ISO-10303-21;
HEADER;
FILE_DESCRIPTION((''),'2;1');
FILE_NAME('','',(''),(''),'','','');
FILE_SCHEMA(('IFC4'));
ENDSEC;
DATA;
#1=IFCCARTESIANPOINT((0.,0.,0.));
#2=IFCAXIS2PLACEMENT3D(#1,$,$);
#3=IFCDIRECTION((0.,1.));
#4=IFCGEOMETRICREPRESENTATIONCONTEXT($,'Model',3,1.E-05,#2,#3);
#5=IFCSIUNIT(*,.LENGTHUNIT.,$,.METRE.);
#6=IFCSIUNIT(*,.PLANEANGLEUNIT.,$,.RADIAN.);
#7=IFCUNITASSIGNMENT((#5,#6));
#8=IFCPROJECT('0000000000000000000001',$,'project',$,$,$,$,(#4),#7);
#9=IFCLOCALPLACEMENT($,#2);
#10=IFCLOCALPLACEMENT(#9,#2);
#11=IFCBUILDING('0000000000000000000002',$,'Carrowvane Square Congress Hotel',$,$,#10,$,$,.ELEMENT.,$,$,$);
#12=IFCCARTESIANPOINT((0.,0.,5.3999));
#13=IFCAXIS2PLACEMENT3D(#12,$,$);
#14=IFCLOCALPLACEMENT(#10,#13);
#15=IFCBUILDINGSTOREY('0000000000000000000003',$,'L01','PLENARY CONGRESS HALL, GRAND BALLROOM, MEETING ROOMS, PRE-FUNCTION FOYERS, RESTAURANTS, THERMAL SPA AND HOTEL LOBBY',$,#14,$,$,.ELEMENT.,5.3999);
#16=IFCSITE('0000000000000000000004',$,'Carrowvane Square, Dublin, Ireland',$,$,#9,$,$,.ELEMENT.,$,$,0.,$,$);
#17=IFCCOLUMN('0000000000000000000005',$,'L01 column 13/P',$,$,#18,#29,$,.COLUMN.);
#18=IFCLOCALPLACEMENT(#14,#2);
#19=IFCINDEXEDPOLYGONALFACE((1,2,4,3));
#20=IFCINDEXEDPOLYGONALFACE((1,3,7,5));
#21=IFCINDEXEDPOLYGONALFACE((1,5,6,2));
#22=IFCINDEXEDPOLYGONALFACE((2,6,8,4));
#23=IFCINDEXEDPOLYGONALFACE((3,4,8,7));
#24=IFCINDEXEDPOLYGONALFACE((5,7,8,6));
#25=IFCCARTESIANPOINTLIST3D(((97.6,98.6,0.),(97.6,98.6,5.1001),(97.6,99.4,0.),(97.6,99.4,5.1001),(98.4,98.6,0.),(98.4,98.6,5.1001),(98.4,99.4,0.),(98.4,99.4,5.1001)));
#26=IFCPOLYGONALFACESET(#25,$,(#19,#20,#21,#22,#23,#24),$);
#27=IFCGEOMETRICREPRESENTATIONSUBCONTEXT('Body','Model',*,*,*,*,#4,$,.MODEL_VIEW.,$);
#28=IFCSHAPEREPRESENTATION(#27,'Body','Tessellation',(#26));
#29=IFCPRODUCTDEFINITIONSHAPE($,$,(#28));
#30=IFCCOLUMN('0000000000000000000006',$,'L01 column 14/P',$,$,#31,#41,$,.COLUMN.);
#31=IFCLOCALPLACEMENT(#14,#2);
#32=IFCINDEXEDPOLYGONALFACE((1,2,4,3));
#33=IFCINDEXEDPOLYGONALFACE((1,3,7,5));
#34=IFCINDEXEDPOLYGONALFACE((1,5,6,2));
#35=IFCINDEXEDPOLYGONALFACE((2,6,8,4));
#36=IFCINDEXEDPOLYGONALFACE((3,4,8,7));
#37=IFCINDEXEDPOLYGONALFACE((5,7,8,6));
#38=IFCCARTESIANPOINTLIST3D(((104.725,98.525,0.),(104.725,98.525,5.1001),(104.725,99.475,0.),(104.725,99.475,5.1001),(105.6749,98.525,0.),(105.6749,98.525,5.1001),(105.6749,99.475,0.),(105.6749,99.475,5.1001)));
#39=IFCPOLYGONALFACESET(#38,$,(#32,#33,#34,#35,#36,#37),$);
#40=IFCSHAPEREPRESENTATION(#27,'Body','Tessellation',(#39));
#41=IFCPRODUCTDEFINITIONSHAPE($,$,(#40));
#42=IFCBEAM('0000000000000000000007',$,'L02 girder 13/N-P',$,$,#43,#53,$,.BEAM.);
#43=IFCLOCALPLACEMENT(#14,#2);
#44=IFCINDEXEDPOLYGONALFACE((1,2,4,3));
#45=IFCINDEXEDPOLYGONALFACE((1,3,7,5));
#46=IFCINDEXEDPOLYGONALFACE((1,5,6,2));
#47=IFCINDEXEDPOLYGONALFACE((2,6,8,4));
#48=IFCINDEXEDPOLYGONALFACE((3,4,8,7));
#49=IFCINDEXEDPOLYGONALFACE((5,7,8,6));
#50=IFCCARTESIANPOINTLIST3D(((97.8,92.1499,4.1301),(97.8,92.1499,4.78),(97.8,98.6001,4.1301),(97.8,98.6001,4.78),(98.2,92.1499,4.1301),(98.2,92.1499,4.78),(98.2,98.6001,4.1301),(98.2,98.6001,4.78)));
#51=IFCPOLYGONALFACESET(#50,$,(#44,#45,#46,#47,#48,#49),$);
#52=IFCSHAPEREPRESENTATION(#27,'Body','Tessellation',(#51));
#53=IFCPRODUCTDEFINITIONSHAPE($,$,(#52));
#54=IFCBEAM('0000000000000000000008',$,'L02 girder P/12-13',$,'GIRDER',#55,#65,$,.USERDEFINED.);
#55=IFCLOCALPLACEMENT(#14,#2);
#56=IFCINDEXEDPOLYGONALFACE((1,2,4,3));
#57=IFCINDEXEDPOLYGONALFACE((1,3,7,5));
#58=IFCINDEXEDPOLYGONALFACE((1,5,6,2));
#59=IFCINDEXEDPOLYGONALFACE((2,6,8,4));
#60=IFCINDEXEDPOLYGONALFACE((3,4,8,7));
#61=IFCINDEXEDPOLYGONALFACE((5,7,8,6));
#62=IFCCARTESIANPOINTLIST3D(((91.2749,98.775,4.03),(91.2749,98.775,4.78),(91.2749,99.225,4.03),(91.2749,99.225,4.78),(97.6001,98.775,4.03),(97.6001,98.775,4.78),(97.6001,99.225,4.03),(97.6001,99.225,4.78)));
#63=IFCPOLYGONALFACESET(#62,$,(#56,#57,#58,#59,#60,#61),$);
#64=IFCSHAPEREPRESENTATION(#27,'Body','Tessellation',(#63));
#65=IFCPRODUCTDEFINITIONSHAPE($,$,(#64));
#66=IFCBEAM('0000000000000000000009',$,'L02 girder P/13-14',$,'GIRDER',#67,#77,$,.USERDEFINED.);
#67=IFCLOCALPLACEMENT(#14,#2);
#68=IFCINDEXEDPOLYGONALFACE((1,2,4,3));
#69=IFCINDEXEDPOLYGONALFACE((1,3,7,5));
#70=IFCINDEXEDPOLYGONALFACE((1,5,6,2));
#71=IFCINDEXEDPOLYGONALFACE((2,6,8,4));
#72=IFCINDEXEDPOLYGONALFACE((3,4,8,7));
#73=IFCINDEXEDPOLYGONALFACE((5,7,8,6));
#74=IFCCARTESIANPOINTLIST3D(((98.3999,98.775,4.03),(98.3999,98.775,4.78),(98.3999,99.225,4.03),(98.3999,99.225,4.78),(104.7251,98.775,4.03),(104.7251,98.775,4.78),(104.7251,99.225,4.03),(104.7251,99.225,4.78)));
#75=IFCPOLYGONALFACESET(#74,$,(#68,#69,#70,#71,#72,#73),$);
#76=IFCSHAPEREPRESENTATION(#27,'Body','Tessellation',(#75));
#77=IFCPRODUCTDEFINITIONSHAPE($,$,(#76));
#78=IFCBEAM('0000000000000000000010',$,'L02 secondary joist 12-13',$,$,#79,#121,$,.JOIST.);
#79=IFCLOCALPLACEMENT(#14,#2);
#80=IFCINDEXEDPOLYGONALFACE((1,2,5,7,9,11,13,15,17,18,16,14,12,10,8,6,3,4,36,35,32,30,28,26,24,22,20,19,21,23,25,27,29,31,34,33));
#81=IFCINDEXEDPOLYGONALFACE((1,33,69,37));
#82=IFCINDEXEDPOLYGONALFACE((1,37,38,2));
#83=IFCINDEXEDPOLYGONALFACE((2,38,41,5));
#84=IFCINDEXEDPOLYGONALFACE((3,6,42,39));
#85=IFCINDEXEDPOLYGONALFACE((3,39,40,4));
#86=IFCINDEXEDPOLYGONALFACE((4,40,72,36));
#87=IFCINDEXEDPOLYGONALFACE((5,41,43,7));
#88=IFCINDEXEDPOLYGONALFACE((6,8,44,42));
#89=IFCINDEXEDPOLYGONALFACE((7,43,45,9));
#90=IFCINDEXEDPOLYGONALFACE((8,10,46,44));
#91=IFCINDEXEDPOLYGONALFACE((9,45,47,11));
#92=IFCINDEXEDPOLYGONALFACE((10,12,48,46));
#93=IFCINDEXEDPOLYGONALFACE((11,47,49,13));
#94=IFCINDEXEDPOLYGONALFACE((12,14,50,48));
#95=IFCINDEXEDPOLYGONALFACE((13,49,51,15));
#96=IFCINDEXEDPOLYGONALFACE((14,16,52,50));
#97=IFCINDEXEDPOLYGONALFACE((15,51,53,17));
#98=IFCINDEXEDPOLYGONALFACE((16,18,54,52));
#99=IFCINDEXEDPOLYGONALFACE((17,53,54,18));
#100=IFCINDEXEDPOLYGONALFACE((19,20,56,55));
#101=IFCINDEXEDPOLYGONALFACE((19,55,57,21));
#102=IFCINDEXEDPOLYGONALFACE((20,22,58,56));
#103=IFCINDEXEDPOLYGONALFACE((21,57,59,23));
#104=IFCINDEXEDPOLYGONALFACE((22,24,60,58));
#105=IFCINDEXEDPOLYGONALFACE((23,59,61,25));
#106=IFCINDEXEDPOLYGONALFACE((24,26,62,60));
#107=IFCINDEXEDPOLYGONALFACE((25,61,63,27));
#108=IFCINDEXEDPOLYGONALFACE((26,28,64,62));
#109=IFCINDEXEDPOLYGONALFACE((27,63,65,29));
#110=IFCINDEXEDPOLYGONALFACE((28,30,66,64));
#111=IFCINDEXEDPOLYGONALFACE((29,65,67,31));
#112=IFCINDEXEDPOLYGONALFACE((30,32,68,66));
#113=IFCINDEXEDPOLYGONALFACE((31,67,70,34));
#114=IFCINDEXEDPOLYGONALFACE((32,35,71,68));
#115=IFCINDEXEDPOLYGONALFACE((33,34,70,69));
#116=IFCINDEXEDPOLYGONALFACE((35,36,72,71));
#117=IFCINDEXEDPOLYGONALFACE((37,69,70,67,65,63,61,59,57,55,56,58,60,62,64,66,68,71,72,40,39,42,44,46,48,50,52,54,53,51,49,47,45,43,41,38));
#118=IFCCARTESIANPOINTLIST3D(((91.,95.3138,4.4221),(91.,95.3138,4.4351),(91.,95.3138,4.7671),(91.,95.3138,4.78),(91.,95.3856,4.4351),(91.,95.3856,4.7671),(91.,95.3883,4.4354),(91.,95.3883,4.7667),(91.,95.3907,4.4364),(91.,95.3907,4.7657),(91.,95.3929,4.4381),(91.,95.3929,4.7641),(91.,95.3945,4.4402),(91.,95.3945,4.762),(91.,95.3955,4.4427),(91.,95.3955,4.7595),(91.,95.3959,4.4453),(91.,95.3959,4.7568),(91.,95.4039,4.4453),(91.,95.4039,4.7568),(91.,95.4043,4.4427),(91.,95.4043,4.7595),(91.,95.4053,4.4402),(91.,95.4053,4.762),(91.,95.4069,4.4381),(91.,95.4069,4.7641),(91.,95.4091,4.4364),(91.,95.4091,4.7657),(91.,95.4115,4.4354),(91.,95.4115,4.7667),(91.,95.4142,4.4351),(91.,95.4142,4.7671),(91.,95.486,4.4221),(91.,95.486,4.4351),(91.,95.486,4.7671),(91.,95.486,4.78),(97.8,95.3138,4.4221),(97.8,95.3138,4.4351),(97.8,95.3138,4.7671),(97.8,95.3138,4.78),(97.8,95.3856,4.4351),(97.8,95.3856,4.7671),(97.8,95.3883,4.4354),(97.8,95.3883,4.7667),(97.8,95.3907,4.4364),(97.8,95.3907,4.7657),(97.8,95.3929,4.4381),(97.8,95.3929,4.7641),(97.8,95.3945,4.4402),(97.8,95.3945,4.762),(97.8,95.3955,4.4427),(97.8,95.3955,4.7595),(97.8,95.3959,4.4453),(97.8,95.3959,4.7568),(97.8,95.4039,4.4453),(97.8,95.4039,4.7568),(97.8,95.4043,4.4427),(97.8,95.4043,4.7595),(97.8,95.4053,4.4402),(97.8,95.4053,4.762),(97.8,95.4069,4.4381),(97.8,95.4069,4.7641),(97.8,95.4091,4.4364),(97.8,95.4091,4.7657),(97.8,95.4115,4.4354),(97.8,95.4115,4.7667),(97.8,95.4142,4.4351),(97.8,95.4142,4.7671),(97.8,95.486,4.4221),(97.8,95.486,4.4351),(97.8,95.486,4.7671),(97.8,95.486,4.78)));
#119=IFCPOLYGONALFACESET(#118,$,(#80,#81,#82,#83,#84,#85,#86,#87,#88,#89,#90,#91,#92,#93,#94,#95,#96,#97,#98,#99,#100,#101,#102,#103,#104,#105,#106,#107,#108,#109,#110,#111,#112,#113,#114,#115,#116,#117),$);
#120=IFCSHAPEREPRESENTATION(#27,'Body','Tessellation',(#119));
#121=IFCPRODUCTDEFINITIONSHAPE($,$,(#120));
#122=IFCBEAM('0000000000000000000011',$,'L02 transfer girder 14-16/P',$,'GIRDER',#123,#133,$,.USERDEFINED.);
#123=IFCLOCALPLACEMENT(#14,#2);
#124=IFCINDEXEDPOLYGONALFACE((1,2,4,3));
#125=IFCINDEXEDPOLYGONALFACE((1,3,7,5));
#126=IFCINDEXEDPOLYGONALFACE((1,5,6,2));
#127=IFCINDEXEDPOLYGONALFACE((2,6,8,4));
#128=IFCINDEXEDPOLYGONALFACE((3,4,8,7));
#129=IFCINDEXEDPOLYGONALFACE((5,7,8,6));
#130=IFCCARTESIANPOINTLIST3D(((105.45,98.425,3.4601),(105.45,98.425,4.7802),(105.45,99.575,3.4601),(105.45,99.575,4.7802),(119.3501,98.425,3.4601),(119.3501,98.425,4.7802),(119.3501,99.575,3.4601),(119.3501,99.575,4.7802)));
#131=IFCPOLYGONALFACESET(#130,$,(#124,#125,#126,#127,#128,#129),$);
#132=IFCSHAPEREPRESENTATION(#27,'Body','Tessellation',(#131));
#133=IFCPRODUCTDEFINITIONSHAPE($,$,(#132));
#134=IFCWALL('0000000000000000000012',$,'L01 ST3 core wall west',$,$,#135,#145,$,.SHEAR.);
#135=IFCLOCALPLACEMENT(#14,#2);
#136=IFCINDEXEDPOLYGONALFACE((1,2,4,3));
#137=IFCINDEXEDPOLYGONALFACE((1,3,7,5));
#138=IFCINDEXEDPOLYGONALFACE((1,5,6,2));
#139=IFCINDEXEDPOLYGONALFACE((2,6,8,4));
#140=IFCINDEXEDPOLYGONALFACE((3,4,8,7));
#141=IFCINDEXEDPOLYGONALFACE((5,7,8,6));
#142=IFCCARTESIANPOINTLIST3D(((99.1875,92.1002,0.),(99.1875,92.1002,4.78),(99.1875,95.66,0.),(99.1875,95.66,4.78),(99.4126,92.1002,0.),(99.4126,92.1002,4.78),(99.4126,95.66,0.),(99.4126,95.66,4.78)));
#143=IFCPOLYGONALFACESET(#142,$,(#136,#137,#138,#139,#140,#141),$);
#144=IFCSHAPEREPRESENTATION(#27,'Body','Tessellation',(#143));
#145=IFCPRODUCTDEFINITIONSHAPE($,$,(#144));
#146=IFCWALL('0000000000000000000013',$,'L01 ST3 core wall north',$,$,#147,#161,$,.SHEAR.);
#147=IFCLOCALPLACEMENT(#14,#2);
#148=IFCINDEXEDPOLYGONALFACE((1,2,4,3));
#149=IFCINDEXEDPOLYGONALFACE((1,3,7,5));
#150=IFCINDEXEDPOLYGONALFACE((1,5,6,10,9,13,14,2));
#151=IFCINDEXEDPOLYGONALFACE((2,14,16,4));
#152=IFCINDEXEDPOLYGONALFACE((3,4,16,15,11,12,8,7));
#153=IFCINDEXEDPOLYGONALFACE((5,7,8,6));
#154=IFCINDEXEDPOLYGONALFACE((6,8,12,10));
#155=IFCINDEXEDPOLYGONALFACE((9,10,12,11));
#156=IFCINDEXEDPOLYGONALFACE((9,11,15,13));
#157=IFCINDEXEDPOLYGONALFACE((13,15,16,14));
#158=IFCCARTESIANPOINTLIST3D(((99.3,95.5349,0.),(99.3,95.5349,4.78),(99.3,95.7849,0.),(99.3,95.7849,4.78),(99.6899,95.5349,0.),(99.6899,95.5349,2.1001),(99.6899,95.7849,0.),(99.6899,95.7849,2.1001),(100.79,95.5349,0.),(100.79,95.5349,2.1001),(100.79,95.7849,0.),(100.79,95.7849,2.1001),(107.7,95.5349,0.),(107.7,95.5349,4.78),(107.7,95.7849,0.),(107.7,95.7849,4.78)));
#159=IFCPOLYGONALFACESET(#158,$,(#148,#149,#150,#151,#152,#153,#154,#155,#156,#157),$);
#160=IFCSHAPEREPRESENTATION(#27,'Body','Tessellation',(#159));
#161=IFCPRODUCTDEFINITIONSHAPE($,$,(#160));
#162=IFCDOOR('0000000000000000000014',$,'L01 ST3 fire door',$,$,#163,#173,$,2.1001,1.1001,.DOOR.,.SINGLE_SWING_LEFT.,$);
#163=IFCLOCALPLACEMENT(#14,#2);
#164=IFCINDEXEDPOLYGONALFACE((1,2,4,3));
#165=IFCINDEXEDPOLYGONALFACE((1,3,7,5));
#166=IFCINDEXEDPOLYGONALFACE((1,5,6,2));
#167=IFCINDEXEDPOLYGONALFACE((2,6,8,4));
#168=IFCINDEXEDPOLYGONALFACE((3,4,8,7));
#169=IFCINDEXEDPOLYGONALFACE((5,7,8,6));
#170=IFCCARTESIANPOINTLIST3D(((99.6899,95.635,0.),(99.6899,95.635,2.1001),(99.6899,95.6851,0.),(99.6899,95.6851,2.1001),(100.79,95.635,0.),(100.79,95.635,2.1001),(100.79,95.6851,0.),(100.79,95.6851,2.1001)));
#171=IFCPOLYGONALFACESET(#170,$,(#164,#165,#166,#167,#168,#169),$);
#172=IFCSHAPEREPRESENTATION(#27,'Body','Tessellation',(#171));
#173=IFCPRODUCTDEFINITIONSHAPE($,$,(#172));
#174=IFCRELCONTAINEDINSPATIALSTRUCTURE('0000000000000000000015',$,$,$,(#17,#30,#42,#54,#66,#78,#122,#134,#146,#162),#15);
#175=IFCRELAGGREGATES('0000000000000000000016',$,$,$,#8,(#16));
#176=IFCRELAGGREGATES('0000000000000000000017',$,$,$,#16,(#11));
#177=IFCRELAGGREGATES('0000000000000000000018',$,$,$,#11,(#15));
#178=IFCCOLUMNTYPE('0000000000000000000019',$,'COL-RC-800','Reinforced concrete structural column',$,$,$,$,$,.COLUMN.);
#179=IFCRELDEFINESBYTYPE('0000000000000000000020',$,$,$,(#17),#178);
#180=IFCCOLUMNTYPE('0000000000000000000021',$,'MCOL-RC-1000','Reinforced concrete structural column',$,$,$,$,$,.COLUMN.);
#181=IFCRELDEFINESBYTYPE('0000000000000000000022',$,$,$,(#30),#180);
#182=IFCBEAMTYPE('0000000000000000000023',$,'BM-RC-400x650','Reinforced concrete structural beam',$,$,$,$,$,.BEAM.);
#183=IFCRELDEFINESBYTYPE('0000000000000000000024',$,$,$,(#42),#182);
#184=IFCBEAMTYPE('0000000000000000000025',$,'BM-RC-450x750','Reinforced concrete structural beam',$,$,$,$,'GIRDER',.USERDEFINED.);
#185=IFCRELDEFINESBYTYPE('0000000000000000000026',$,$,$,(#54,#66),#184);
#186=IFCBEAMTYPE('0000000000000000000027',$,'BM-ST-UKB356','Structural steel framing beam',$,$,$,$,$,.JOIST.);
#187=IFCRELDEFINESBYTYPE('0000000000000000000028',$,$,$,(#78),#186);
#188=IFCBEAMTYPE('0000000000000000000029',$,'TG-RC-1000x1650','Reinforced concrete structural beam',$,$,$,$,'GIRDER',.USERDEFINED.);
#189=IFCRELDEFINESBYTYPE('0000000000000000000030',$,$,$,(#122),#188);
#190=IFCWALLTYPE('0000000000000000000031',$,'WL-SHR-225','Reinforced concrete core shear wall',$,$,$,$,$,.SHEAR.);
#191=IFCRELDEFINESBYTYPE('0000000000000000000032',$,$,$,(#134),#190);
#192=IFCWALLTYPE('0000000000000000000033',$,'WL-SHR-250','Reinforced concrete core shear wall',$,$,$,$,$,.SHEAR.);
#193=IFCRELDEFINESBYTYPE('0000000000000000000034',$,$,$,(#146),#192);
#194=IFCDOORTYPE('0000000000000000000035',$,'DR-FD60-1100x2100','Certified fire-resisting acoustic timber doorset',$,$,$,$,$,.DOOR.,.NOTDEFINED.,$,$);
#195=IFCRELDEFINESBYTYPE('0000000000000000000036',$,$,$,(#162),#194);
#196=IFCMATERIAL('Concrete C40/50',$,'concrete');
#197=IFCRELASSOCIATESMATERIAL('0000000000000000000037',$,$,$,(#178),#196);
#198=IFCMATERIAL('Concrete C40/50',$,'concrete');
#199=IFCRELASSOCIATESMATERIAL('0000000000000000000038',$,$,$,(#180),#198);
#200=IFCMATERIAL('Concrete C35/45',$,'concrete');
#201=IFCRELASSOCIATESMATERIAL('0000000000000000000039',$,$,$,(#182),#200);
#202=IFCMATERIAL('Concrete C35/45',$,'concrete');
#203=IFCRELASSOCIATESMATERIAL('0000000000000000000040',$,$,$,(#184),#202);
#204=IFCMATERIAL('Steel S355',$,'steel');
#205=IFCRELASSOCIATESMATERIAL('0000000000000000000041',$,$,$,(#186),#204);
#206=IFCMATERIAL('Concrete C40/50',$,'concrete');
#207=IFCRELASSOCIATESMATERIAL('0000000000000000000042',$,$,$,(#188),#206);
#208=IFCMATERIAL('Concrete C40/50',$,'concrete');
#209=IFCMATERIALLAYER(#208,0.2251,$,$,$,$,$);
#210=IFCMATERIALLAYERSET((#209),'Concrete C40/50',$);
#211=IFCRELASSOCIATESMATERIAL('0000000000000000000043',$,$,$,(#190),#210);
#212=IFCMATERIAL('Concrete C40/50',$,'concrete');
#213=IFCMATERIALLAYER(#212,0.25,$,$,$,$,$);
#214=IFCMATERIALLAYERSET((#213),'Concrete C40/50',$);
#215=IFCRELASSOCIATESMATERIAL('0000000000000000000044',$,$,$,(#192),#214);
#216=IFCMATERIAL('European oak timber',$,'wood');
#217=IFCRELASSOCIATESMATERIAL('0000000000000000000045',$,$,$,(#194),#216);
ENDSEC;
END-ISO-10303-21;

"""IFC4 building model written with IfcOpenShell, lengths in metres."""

from ifc_helpers import new_model, si_unit, direction, frame, frame_2d, origin, origin_2d, place, context, subcontext, project, spatial, rectangle, i_section, extrude, material, layer, layer_set, material_profile, profile_set, type_object, element, fill, save


model = new_model("IFC4")

# Units and contexts
model_context = context("Model", 3, precision=1e-05, world=origin(), true_north=direction((0.0, 1.0)))
body_context = subcontext(model_context, "Body", "Model", "MODEL_VIEW")
ifc_project = project(units=[si_unit("LENGTHUNIT", "METRE"), si_unit("PLANEANGLEUNIT", "RADIAN")], contexts=[model_context])

# Site, building, storey
site_placement = place(None, origin())
site = spatial("IfcSite", under=ifc_project, at=site_placement, Name="Carrowvane Square, Dublin, Ireland", CompositionType="ELEMENT", RefElevation=0.0)
building_placement = place(site_placement, origin())
building = spatial("IfcBuilding", under=site, at=building_placement, Name="Carrowvane Square Congress Hotel", CompositionType="ELEMENT")
storey_placement = place(building_placement, frame((0.0, 0.0, 5.3999)))
storey = spatial("IfcBuildingStorey", under=building, at=storey_placement, Name="L01", Description="PLENARY CONGRESS HALL, GRAND BALLROOM, MEETING ROOMS, PRE-FUNCTION FOYERS, RESTAURANTS, THERMAL SPA AND HOTEL LOBBY", CompositionType="ELEMENT", Elevation=5.3999)

# Columns
ifc_material_1 = material(Name="Concrete C40/50", Category="concrete")
ifc_material_profile_1 = material_profile(ifc_material_1, rectangle(XDim=0.8, YDim=0.8, at=origin_2d()), Name="RC 800x800")
ifc_profile_set_1 = profile_set([ifc_material_profile_1], Name="Concrete C40/50")
column_type_1 = type_object("IfcColumnType", Name="COL-RC-800", Description="Reinforced concrete structural column", PredefinedType="COLUMN", material=ifc_profile_set_1)
column_1_placement = place(storey_placement, frame((98.0, 99.0, 0.0), z_axis=(0.0, 0.0, 1.0), x_axis=(1.0, 0.0, 0.0)))
element("IfcColumn", 1, at=column_1_placement, inside=storey, type_object=column_type_1, Name="L01 column 13/P", PredefinedType="COLUMN", context=body_context, shape_type="SweptSolid", body=[
    extrude(rectangle(XDim=0.8, YDim=0.8, at=origin_2d()), origin(), (0.0, 0.0, 1.0), 5.1001),
])
ifc_material_2 = material(Name="Concrete C40/50", Category="concrete")
ifc_material_profile_2 = material_profile(ifc_material_2, rectangle(XDim=0.95, YDim=0.95, at=origin_2d()), Name="RC 950x950")
ifc_profile_set_2 = profile_set([ifc_material_profile_2], Name="Concrete C40/50")
column_type_2 = type_object("IfcColumnType", Name="MCOL-RC-1000", Description="Reinforced concrete structural column", PredefinedType="COLUMN", material=ifc_profile_set_2)
column_2_placement = place(storey_placement, frame((105.2, 99.0, 0.0), z_axis=(0.0, 0.0, 1.0), x_axis=(1.0, 0.0, 0.0)))
element("IfcColumn", 2, at=column_2_placement, inside=storey, type_object=column_type_2, Name="L01 column 14/P", PredefinedType="COLUMN", context=body_context, shape_type="SweptSolid", body=[
    extrude(rectangle(XDim=0.95, YDim=0.95, at=origin_2d()), origin(), (0.0, 0.0, 1.0), 5.1001),
])

# Beams
ifc_material_3 = material(Name="Concrete C35/45", Category="concrete")
ifc_material_profile_3 = material_profile(ifc_material_3, rectangle(XDim=0.3999, YDim=0.6499, at=origin_2d()), Name="RC 400x650")
ifc_profile_set_3 = profile_set([ifc_material_profile_3], Name="Concrete C35/45")
beam_type_1 = type_object("IfcBeamType", Name="BM-RC-400x650", Description="Reinforced concrete structural beam", PredefinedType="BEAM", material=ifc_profile_set_3)
beam_1_placement = place(storey_placement, frame((98.0, 92.1499, 4.4551), z_axis=(0.0, 1.0, 0.0), x_axis=(-1.0, 0.0, 0.0)))
element("IfcBeam", 3, at=beam_1_placement, inside=storey, type_object=beam_type_1, Name="L02 girder 13/N-P", PredefinedType="BEAM", context=body_context, shape_type="SweptSolid", body=[
    extrude(rectangle(XDim=0.3999, YDim=0.6499, at=origin_2d()), origin(), (0.0, 0.0, 1.0), 6.4502),
])
ifc_material_4 = material(Name="Concrete C35/45", Category="concrete")
ifc_material_profile_4 = material_profile(ifc_material_4, rectangle(XDim=0.45, YDim=0.75, at=origin_2d()), Name="RC 450x750")
ifc_profile_set_4 = profile_set([ifc_material_profile_4], Name="Concrete C35/45")
beam_type_2 = type_object("IfcBeamType", Name="BM-RC-450x750", Description="Reinforced concrete structural beam", ElementType="GIRDER", PredefinedType="USERDEFINED", material=ifc_profile_set_4)
for number, where, z_axis, x_axis, name in (
    (4, (91.2749, 99.0, 4.405), (1.0, 0.0, 0.0), (0.0, 1.0, 0.0), "L02 girder P/12-13"),
    (5, (98.3999, 99.0, 4.405), (1.0, 0.0, 0.0), (0.0, 1.0, 0.0), "L02 girder P/13-14"),
):
    element("IfcBeam", number, at=place(storey_placement, frame(where, z_axis=z_axis, x_axis=x_axis)), inside=storey, type_object=beam_type_2, Name=name, ObjectType="GIRDER", PredefinedType="USERDEFINED", context=body_context, shape_type="SweptSolid", body=[
        extrude(rectangle(XDim=0.45, YDim=0.75, at=origin_2d()), origin(), (0.0, 0.0, 1.0), 6.3252),
    ])
ifc_material_5 = material(Name="Steel S355", Category="steel")
ifc_material_profile_5 = material_profile(ifc_material_5, i_section(OverallWidth=0.1721, OverallDepth=0.3579, WebThickness=0.0081, FlangeThickness=0.0129, FilletRadius=0.0103, at=origin_2d()), Name="UKB 356x171x57")
ifc_profile_set_5 = profile_set([ifc_material_profile_5], Name="Steel S355")
beam_type_3 = type_object("IfcBeamType", Name="BM-ST-UKB356", Description="Structural steel framing beam", PredefinedType="JOIST", material=ifc_profile_set_5)
beam_2_placement = place(storey_placement, frame((91.0, 95.3999, 4.6011), z_axis=(1.0, 0.0, 0.0), x_axis=(0.0, 1.0, 0.0)))
element("IfcBeam", 6, at=beam_2_placement, inside=storey, type_object=beam_type_3, Name="L02 secondary joist 12-13", PredefinedType="JOIST", context=body_context, shape_type="SweptSolid", body=[
    extrude(i_section(OverallWidth=0.1721, OverallDepth=0.3579, WebThickness=0.0081, FlangeThickness=0.0129, FilletRadius=0.0103, at=origin_2d()), origin(), (0.0, 0.0, 1.0), 6.8),
])
ifc_material_6 = material(Name="Concrete C40/50", Category="concrete")
ifc_material_profile_6 = material_profile(ifc_material_6, rectangle(XDim=1.1499, YDim=1.3201, at=origin_2d()), Name="RC 1150x1320")
ifc_profile_set_6 = profile_set([ifc_material_profile_6], Name="Concrete C40/50")
beam_type_4 = type_object("IfcBeamType", Name="TG-RC-1000x1650", Description="Reinforced concrete structural beam", ElementType="GIRDER", PredefinedType="USERDEFINED", material=ifc_profile_set_6)
beam_3_placement = place(storey_placement, frame((105.45, 99.0, 4.1201), z_axis=(1.0, 0.0, 0.0), x_axis=(0.0, 1.0, 0.0)))
element("IfcBeam", 7, at=beam_3_placement, inside=storey, type_object=beam_type_4, Name="L02 transfer girder 14-16/P", ObjectType="GIRDER", PredefinedType="USERDEFINED", context=body_context, shape_type="SweptSolid", body=[
    extrude(rectangle(XDim=1.1499, YDim=1.3201, at=origin_2d()), origin(), (0.0, 0.0, 1.0), 13.9001),
])

# Wall
ifc_material_7 = material(Name="Concrete C40/50", Category="concrete")
ifc_layer_1 = layer(ifc_material_7, 0.2251)
ifc_layer_set_1 = layer_set([ifc_layer_1], Name="Concrete C40/50")
wall_type_1 = type_object("IfcWallType", Name="WL-SHR-225", Description="Reinforced concrete core shear wall", PredefinedType="SHEAR", material=ifc_layer_set_1)
wall_1_placement = place(storey_placement, frame((99.3, 95.6599, 0.0), z_axis=(0.0, 0.0, 1.0), x_axis=(0.0, -1.0, 0.0)))
element("IfcWall", 8, at=wall_1_placement, inside=storey, type_object=wall_type_1, Name="L01 ST3 core wall west", PredefinedType="SHEAR", context=body_context, shape_type="SweptSolid", body=[
    extrude(rectangle(XDim=3.5598, YDim=0.2251, at=frame_2d((1.7798, 0.0))), origin(), (0.0, 0.0, 1.0), 4.78),
])

# Wall, opening, door
ifc_material_8 = material(Name="Concrete C40/50", Category="concrete")
ifc_layer_2 = layer(ifc_material_8, 0.25)
ifc_layer_set_2 = layer_set([ifc_layer_2], Name="Concrete C40/50")
wall_type_2 = type_object("IfcWallType", Name="WL-SHR-250", Description="Reinforced concrete core shear wall", PredefinedType="SHEAR", material=ifc_layer_set_2)
wall_2_placement = place(storey_placement, frame((107.7, 95.6599, 0.0), z_axis=(0.0, 0.0, 1.0), x_axis=(-1.0, 0.0, 0.0)))
wall_2 = element("IfcWall", 9, at=wall_2_placement, inside=storey, type_object=wall_type_2, Name="L01 ST3 core wall north", PredefinedType="SHEAR", context=body_context, shape_type="SweptSolid", body=[
    extrude(rectangle(XDim=8.3999, YDim=0.25, at=frame_2d((4.2, 0.0))), origin(), (0.0, 0.0, 1.0), 4.78),
])
opening_placement = place(wall_2_placement, frame((6.9099, 0.0, 0.0)))
opening = element("IfcOpeningElement", 10, at=opening_placement, cuts=wall_2, PredefinedType="OPENING", context=body_context, shape_type="SweptSolid", body=[
    extrude(rectangle(XDim=1.1001, YDim=2.1001, at=frame_2d((0.55, 1.05))), frame((0.0, 0.135, 0.0), z_axis=(0.0, -1.0, 0.0), x_axis=(1.0, 0.0, 0.0)), (0.0, 0.0, 1.0), 0.27),
])
ifc_material_9 = material(Name="European oak timber", Category="wood")
door_type = type_object("IfcDoorType", Name="DR-FD60-1100x2100", Description="Certified fire-resisting acoustic timber doorset", OperationType="NOTDEFINED", PredefinedType="DOOR", material=ifc_material_9)
door_placement = place(opening_placement, origin())
door = element("IfcDoor", 11, at=door_placement, inside=storey, type_object=door_type, Name="L01 ST3 fire door", OperationType="SINGLE_SWING_LEFT", OverallHeight=2.1001, OverallWidth=1.1001, PredefinedType="DOOR", context=body_context, shape_type="SweptSolid", body=[
    extrude(rectangle(XDim=1.1001, YDim=2.1001, at=frame_2d((0.55, 1.05))), frame((0.0, 0.0249, 0.0), z_axis=(0.0, -1.0, 0.0), x_axis=(1.0, 0.0, 0.0)), (0.0, 0.0, 1.0), 0.05),
])
fill(opening, door)

save(model, "model.ifc")
